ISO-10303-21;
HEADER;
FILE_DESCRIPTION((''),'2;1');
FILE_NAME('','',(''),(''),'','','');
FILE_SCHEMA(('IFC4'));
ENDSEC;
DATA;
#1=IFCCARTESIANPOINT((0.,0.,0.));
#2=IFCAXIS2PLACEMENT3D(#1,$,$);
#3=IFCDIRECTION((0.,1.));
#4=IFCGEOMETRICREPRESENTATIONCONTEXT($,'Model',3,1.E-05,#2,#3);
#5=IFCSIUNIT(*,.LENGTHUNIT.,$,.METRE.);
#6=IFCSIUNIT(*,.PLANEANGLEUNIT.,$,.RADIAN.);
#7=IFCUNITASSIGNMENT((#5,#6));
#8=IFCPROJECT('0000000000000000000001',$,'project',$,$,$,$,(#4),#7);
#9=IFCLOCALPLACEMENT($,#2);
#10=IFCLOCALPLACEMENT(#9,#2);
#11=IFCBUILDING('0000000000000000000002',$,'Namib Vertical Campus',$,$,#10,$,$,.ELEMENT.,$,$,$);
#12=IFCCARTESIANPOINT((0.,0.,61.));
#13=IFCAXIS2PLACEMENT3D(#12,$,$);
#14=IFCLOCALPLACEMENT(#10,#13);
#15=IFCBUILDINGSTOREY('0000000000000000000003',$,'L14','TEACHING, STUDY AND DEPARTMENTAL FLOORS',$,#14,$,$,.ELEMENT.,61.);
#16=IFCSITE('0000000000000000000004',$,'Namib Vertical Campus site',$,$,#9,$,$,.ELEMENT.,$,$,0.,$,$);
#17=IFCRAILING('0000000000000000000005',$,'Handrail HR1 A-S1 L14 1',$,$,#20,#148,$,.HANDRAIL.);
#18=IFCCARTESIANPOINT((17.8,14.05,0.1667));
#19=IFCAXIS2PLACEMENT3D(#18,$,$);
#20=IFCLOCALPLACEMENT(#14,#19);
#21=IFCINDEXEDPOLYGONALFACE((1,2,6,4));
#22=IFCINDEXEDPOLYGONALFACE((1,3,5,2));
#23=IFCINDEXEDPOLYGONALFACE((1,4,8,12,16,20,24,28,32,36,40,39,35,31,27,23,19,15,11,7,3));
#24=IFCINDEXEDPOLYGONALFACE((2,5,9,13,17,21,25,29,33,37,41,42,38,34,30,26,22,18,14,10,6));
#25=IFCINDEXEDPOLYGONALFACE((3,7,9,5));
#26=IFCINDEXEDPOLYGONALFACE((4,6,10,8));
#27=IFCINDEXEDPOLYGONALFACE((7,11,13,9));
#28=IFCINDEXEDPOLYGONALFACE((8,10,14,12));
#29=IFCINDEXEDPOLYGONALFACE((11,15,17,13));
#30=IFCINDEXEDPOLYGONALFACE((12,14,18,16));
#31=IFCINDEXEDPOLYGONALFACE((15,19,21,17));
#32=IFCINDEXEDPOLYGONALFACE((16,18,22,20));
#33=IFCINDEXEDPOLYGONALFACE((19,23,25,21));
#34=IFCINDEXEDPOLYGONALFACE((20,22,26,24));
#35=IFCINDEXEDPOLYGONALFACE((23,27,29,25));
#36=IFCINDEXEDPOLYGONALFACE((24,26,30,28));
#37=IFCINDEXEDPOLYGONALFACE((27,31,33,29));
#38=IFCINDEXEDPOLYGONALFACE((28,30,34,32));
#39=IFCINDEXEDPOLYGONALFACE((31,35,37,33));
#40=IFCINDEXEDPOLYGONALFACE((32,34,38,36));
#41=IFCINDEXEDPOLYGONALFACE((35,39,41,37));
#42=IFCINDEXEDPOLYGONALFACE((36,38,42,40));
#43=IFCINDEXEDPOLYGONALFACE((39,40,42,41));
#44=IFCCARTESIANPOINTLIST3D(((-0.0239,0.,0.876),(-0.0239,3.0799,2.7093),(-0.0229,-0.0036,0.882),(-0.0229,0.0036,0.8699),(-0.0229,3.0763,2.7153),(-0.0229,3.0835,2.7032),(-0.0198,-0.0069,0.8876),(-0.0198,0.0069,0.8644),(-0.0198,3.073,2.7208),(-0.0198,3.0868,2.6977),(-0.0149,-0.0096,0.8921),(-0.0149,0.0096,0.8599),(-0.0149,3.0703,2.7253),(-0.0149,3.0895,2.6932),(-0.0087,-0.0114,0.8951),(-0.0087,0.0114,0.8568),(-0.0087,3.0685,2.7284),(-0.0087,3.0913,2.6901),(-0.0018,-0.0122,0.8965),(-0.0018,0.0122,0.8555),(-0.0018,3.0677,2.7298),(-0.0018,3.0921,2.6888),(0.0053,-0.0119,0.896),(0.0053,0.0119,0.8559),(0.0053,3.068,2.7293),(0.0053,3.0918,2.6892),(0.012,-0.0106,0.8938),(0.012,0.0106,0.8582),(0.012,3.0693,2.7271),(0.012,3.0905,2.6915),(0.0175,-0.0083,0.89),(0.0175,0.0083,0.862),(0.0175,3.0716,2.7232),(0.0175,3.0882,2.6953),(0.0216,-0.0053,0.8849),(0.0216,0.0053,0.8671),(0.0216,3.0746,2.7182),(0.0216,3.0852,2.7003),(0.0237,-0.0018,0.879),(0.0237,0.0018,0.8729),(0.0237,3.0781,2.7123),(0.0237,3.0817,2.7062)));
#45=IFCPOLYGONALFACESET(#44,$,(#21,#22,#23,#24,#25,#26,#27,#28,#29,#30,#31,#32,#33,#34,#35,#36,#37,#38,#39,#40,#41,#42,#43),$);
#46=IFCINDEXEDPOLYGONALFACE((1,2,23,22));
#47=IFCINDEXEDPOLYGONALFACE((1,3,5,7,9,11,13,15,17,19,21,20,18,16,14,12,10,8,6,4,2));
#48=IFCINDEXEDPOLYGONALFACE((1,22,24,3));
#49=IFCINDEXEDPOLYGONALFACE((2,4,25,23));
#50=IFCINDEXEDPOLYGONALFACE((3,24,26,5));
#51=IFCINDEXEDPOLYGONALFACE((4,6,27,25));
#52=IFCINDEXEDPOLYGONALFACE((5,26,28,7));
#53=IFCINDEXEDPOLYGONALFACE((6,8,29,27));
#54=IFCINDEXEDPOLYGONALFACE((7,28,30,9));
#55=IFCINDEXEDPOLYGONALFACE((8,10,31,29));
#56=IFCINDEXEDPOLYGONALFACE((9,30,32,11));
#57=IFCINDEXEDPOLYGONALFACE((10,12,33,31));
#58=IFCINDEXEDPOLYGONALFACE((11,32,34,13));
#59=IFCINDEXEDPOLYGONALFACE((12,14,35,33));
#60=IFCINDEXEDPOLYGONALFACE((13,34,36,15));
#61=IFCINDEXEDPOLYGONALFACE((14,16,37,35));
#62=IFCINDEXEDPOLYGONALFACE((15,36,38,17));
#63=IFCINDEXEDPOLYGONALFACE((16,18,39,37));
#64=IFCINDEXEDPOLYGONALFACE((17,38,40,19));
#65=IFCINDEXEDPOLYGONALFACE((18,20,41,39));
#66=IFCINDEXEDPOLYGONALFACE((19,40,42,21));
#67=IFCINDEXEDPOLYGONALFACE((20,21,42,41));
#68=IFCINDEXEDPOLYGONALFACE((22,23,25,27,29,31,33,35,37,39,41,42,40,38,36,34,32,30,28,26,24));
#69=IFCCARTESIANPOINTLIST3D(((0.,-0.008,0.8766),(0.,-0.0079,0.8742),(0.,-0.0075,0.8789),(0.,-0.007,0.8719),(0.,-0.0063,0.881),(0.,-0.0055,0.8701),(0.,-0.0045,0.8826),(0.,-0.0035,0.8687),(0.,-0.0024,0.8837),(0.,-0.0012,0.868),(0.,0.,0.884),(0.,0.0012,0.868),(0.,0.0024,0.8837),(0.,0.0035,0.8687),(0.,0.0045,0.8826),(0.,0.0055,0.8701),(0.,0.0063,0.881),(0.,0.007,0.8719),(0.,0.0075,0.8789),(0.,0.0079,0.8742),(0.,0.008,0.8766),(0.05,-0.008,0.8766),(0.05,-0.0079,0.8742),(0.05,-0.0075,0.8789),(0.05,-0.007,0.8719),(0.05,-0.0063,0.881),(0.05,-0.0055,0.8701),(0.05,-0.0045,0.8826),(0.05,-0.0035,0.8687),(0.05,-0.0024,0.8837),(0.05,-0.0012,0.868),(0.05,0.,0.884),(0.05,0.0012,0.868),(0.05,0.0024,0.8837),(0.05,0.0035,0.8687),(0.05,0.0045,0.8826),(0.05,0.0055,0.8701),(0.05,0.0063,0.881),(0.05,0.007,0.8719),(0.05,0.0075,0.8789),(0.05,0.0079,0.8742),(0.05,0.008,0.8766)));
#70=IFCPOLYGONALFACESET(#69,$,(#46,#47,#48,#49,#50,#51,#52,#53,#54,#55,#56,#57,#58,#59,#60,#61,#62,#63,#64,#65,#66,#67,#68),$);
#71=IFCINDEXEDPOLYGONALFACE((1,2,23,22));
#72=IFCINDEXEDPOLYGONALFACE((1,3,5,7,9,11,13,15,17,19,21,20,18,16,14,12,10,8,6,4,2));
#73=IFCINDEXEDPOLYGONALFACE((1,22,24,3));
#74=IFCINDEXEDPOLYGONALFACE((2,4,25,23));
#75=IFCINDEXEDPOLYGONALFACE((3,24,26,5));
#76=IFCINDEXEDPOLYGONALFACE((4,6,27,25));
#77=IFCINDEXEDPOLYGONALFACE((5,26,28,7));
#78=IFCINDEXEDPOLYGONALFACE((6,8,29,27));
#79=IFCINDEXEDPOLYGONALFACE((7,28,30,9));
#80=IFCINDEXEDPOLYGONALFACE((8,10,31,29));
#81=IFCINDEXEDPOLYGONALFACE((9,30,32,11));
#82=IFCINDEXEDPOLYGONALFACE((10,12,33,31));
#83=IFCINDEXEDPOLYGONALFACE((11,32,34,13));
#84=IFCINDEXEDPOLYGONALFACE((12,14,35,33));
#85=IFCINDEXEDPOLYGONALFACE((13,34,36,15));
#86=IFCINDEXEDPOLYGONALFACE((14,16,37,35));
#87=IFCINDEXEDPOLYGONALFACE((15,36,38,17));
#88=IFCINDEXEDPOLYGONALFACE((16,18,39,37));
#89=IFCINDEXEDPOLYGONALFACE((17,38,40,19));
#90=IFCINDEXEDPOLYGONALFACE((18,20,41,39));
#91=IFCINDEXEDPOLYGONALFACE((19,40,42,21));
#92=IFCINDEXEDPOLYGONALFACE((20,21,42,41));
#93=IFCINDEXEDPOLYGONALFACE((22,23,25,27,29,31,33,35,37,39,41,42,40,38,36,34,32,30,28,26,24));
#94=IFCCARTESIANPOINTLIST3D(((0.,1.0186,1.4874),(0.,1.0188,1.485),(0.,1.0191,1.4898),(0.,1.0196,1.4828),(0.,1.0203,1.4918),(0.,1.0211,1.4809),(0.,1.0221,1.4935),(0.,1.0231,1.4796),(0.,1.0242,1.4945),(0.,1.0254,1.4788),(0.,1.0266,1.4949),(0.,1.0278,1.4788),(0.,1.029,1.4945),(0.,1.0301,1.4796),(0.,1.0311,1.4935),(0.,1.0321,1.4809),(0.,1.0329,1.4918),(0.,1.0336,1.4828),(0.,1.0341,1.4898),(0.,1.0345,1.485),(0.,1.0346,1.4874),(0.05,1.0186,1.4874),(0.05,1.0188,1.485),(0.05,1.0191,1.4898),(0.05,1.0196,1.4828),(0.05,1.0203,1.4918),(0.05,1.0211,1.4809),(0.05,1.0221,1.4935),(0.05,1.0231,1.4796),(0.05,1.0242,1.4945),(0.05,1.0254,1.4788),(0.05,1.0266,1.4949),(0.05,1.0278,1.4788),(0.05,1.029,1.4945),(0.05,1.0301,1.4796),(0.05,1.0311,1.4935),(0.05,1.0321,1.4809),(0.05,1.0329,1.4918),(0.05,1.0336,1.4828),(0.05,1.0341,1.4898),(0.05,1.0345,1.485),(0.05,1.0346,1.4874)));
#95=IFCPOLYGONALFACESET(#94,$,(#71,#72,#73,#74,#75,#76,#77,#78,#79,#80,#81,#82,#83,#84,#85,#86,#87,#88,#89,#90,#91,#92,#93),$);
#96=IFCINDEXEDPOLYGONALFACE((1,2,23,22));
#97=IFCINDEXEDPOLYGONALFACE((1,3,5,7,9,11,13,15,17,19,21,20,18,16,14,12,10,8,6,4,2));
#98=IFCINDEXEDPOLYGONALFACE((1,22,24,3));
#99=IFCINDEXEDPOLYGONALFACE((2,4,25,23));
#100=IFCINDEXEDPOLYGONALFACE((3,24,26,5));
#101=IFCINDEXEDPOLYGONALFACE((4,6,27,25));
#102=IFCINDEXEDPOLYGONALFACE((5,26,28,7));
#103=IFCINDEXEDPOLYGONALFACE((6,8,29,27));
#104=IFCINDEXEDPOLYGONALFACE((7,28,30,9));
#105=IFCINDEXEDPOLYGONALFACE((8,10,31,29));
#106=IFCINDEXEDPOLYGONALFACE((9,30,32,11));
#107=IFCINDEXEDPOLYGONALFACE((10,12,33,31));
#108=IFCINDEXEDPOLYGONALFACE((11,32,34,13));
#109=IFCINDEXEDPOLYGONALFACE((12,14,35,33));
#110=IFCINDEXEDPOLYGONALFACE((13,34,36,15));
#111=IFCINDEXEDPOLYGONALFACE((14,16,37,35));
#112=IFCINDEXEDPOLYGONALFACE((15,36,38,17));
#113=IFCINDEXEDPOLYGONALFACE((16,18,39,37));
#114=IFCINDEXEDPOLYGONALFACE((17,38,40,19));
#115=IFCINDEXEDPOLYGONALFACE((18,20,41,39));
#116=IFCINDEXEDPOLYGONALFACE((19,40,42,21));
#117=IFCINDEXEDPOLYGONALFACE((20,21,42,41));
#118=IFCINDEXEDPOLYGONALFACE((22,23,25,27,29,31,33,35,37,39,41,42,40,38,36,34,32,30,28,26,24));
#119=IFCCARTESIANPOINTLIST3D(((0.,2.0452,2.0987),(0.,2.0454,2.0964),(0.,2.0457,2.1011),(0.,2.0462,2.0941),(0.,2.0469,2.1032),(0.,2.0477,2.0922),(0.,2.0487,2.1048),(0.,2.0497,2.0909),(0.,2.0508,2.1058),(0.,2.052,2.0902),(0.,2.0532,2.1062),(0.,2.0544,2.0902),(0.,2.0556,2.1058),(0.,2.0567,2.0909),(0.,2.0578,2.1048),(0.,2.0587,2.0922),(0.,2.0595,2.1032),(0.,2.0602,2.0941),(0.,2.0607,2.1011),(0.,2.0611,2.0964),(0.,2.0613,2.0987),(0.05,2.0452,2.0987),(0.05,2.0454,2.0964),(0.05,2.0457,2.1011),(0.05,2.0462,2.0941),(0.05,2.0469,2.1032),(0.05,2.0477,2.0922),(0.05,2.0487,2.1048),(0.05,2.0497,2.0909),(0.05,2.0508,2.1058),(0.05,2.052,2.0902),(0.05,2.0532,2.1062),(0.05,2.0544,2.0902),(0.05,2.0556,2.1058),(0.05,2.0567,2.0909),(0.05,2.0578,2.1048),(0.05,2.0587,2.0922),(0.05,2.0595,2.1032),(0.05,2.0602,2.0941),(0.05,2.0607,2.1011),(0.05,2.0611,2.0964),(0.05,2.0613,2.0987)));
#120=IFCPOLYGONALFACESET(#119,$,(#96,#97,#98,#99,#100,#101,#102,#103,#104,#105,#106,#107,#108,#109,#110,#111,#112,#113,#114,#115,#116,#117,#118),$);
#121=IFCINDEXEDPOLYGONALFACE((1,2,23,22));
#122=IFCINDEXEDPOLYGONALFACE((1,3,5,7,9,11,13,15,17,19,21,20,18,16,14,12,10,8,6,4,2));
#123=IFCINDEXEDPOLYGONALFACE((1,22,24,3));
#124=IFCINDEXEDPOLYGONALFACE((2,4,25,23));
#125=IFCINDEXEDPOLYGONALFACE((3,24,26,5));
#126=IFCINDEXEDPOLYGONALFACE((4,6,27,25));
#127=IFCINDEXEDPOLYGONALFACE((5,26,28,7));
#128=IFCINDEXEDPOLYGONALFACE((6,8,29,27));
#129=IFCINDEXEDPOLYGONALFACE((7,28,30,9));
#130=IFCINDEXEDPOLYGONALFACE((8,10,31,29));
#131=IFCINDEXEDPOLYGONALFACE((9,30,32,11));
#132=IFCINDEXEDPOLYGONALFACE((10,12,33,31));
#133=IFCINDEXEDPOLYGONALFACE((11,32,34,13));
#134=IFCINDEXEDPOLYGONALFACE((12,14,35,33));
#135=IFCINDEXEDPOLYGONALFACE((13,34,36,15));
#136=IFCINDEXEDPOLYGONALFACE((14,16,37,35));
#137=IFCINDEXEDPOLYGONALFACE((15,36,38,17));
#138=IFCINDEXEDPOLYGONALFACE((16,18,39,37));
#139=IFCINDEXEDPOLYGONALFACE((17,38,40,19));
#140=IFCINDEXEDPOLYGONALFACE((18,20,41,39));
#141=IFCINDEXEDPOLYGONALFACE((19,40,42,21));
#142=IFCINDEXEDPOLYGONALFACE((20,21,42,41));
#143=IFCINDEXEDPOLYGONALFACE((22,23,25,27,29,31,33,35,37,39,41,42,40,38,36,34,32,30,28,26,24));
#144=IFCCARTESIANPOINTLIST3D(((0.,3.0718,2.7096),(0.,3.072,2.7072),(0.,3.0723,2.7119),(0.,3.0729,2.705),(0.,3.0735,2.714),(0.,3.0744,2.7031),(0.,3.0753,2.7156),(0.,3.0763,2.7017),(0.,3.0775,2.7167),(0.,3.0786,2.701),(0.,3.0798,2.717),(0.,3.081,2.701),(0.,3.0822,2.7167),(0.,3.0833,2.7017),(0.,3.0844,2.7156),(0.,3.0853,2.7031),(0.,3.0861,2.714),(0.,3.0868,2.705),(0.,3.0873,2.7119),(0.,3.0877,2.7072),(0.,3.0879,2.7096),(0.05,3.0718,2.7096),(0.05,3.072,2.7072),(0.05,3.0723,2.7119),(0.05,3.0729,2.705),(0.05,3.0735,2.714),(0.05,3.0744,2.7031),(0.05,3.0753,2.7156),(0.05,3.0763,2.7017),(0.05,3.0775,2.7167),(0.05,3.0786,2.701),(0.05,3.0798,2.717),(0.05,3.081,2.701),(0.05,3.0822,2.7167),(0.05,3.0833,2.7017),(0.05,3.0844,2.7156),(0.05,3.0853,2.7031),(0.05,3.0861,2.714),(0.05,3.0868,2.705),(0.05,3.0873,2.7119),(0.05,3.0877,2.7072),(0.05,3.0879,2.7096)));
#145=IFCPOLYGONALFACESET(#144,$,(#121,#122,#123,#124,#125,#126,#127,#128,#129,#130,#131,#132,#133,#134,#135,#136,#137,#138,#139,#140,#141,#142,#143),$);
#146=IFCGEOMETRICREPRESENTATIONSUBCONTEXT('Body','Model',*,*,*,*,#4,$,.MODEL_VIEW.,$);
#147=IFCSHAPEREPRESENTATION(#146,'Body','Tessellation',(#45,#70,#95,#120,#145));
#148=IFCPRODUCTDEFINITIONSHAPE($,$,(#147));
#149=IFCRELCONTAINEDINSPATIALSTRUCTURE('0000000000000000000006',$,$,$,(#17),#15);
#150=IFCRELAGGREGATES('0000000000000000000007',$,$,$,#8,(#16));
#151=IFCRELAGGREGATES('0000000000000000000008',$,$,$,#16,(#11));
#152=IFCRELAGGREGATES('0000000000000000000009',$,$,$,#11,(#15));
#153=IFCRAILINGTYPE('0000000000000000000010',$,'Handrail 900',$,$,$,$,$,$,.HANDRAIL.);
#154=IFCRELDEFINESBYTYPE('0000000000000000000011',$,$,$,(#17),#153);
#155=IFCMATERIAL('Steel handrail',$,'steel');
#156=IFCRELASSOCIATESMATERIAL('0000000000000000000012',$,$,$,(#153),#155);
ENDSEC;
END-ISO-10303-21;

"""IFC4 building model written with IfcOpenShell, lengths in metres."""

from ifc_helpers import new_model, si_unit, direction, frame, origin, origin_2d, place, context, subcontext, project, spatial, circle, extrude, material, type_object, element, save


model = new_model("IFC4")

# Units and contexts
model_context = context("Model", 3, precision=1e-05, world=origin(), true_north=direction((0.0, 1.0)))
body_context = subcontext(model_context, "Body", "Model", "MODEL_VIEW")
ifc_project = project(units=[si_unit("LENGTHUNIT", "METRE"), si_unit("PLANEANGLEUNIT", "RADIAN")], contexts=[model_context])

# Site, building, storey
site_placement = place(None, origin())
site = spatial("IfcSite", under=ifc_project, at=site_placement, Name="Namib Vertical Campus site", CompositionType="ELEMENT", RefElevation=0.0)
building_placement = place(site_placement, origin())
building = spatial("IfcBuilding", under=site, at=building_placement, Name="Namib Vertical Campus", CompositionType="ELEMENT")
storey_placement = place(building_placement, frame((0.0, 0.0, 61.0)))
storey = spatial("IfcBuildingStorey", under=building, at=storey_placement, Name="L14", Description="TEACHING, STUDY AND DEPARTMENTAL FLOORS", CompositionType="ELEMENT", Elevation=61.0)

# Railing
ifc_material_1 = material(Name="Steel handrail", Category="steel")
railing_type_1 = type_object("IfcRailingType", Name="Handrail 900", PredefinedType="HANDRAIL", material=ifc_material_1)
railing_1_placement = place(storey_placement, frame((17.8, 14.05, 0.1667)))
element("IfcRailing", 1, at=railing_1_placement, inside=storey, type_object=railing_type_1, Name="Handrail HR1 A-S1 L14 1", PredefinedType="HANDRAIL", context=body_context, shape_type="SweptSolid", body=[
    extrude(circle(Radius=0.0239, at=origin_2d()), frame((0.0, 0.0, 0.876), z_axis=(0.0, 0.859291, 0.511487), x_axis=(-1.0, 0.0, 0.0)), (0.0, 0.0, 1.0), 3.5842),
    extrude(circle(Radius=0.0081, at=origin_2d()), frame((0.0, 0.0, 0.876), z_axis=(1.0, 0.0, 0.0), x_axis=(0.0, 0.0, 1.0)), (0.0, 0.0, 1.0), 0.05),
    extrude(circle(Radius=0.0081, at=origin_2d()), frame((0.0, 1.0266, 1.4868), z_axis=(1.0, 0.0, 0.0), x_axis=(0.0, 0.0, 1.0)), (0.0, 0.0, 1.0), 0.05),
    extrude(circle(Radius=0.0081, at=origin_2d()), frame((0.0, 2.0532, 2.0981), z_axis=(1.0, 0.0, 0.0), x_axis=(0.0, 0.0, 1.0)), (0.0, 0.0, 1.0), 0.05),
    extrude(circle(Radius=0.0081, at=origin_2d()), frame((0.0, 3.0798, 2.709), z_axis=(1.0, 0.0, 0.0), x_axis=(0.0, 0.0, 1.0)), (0.0, 0.0, 1.0), 0.05),
])

save(model, "model.ifc")
